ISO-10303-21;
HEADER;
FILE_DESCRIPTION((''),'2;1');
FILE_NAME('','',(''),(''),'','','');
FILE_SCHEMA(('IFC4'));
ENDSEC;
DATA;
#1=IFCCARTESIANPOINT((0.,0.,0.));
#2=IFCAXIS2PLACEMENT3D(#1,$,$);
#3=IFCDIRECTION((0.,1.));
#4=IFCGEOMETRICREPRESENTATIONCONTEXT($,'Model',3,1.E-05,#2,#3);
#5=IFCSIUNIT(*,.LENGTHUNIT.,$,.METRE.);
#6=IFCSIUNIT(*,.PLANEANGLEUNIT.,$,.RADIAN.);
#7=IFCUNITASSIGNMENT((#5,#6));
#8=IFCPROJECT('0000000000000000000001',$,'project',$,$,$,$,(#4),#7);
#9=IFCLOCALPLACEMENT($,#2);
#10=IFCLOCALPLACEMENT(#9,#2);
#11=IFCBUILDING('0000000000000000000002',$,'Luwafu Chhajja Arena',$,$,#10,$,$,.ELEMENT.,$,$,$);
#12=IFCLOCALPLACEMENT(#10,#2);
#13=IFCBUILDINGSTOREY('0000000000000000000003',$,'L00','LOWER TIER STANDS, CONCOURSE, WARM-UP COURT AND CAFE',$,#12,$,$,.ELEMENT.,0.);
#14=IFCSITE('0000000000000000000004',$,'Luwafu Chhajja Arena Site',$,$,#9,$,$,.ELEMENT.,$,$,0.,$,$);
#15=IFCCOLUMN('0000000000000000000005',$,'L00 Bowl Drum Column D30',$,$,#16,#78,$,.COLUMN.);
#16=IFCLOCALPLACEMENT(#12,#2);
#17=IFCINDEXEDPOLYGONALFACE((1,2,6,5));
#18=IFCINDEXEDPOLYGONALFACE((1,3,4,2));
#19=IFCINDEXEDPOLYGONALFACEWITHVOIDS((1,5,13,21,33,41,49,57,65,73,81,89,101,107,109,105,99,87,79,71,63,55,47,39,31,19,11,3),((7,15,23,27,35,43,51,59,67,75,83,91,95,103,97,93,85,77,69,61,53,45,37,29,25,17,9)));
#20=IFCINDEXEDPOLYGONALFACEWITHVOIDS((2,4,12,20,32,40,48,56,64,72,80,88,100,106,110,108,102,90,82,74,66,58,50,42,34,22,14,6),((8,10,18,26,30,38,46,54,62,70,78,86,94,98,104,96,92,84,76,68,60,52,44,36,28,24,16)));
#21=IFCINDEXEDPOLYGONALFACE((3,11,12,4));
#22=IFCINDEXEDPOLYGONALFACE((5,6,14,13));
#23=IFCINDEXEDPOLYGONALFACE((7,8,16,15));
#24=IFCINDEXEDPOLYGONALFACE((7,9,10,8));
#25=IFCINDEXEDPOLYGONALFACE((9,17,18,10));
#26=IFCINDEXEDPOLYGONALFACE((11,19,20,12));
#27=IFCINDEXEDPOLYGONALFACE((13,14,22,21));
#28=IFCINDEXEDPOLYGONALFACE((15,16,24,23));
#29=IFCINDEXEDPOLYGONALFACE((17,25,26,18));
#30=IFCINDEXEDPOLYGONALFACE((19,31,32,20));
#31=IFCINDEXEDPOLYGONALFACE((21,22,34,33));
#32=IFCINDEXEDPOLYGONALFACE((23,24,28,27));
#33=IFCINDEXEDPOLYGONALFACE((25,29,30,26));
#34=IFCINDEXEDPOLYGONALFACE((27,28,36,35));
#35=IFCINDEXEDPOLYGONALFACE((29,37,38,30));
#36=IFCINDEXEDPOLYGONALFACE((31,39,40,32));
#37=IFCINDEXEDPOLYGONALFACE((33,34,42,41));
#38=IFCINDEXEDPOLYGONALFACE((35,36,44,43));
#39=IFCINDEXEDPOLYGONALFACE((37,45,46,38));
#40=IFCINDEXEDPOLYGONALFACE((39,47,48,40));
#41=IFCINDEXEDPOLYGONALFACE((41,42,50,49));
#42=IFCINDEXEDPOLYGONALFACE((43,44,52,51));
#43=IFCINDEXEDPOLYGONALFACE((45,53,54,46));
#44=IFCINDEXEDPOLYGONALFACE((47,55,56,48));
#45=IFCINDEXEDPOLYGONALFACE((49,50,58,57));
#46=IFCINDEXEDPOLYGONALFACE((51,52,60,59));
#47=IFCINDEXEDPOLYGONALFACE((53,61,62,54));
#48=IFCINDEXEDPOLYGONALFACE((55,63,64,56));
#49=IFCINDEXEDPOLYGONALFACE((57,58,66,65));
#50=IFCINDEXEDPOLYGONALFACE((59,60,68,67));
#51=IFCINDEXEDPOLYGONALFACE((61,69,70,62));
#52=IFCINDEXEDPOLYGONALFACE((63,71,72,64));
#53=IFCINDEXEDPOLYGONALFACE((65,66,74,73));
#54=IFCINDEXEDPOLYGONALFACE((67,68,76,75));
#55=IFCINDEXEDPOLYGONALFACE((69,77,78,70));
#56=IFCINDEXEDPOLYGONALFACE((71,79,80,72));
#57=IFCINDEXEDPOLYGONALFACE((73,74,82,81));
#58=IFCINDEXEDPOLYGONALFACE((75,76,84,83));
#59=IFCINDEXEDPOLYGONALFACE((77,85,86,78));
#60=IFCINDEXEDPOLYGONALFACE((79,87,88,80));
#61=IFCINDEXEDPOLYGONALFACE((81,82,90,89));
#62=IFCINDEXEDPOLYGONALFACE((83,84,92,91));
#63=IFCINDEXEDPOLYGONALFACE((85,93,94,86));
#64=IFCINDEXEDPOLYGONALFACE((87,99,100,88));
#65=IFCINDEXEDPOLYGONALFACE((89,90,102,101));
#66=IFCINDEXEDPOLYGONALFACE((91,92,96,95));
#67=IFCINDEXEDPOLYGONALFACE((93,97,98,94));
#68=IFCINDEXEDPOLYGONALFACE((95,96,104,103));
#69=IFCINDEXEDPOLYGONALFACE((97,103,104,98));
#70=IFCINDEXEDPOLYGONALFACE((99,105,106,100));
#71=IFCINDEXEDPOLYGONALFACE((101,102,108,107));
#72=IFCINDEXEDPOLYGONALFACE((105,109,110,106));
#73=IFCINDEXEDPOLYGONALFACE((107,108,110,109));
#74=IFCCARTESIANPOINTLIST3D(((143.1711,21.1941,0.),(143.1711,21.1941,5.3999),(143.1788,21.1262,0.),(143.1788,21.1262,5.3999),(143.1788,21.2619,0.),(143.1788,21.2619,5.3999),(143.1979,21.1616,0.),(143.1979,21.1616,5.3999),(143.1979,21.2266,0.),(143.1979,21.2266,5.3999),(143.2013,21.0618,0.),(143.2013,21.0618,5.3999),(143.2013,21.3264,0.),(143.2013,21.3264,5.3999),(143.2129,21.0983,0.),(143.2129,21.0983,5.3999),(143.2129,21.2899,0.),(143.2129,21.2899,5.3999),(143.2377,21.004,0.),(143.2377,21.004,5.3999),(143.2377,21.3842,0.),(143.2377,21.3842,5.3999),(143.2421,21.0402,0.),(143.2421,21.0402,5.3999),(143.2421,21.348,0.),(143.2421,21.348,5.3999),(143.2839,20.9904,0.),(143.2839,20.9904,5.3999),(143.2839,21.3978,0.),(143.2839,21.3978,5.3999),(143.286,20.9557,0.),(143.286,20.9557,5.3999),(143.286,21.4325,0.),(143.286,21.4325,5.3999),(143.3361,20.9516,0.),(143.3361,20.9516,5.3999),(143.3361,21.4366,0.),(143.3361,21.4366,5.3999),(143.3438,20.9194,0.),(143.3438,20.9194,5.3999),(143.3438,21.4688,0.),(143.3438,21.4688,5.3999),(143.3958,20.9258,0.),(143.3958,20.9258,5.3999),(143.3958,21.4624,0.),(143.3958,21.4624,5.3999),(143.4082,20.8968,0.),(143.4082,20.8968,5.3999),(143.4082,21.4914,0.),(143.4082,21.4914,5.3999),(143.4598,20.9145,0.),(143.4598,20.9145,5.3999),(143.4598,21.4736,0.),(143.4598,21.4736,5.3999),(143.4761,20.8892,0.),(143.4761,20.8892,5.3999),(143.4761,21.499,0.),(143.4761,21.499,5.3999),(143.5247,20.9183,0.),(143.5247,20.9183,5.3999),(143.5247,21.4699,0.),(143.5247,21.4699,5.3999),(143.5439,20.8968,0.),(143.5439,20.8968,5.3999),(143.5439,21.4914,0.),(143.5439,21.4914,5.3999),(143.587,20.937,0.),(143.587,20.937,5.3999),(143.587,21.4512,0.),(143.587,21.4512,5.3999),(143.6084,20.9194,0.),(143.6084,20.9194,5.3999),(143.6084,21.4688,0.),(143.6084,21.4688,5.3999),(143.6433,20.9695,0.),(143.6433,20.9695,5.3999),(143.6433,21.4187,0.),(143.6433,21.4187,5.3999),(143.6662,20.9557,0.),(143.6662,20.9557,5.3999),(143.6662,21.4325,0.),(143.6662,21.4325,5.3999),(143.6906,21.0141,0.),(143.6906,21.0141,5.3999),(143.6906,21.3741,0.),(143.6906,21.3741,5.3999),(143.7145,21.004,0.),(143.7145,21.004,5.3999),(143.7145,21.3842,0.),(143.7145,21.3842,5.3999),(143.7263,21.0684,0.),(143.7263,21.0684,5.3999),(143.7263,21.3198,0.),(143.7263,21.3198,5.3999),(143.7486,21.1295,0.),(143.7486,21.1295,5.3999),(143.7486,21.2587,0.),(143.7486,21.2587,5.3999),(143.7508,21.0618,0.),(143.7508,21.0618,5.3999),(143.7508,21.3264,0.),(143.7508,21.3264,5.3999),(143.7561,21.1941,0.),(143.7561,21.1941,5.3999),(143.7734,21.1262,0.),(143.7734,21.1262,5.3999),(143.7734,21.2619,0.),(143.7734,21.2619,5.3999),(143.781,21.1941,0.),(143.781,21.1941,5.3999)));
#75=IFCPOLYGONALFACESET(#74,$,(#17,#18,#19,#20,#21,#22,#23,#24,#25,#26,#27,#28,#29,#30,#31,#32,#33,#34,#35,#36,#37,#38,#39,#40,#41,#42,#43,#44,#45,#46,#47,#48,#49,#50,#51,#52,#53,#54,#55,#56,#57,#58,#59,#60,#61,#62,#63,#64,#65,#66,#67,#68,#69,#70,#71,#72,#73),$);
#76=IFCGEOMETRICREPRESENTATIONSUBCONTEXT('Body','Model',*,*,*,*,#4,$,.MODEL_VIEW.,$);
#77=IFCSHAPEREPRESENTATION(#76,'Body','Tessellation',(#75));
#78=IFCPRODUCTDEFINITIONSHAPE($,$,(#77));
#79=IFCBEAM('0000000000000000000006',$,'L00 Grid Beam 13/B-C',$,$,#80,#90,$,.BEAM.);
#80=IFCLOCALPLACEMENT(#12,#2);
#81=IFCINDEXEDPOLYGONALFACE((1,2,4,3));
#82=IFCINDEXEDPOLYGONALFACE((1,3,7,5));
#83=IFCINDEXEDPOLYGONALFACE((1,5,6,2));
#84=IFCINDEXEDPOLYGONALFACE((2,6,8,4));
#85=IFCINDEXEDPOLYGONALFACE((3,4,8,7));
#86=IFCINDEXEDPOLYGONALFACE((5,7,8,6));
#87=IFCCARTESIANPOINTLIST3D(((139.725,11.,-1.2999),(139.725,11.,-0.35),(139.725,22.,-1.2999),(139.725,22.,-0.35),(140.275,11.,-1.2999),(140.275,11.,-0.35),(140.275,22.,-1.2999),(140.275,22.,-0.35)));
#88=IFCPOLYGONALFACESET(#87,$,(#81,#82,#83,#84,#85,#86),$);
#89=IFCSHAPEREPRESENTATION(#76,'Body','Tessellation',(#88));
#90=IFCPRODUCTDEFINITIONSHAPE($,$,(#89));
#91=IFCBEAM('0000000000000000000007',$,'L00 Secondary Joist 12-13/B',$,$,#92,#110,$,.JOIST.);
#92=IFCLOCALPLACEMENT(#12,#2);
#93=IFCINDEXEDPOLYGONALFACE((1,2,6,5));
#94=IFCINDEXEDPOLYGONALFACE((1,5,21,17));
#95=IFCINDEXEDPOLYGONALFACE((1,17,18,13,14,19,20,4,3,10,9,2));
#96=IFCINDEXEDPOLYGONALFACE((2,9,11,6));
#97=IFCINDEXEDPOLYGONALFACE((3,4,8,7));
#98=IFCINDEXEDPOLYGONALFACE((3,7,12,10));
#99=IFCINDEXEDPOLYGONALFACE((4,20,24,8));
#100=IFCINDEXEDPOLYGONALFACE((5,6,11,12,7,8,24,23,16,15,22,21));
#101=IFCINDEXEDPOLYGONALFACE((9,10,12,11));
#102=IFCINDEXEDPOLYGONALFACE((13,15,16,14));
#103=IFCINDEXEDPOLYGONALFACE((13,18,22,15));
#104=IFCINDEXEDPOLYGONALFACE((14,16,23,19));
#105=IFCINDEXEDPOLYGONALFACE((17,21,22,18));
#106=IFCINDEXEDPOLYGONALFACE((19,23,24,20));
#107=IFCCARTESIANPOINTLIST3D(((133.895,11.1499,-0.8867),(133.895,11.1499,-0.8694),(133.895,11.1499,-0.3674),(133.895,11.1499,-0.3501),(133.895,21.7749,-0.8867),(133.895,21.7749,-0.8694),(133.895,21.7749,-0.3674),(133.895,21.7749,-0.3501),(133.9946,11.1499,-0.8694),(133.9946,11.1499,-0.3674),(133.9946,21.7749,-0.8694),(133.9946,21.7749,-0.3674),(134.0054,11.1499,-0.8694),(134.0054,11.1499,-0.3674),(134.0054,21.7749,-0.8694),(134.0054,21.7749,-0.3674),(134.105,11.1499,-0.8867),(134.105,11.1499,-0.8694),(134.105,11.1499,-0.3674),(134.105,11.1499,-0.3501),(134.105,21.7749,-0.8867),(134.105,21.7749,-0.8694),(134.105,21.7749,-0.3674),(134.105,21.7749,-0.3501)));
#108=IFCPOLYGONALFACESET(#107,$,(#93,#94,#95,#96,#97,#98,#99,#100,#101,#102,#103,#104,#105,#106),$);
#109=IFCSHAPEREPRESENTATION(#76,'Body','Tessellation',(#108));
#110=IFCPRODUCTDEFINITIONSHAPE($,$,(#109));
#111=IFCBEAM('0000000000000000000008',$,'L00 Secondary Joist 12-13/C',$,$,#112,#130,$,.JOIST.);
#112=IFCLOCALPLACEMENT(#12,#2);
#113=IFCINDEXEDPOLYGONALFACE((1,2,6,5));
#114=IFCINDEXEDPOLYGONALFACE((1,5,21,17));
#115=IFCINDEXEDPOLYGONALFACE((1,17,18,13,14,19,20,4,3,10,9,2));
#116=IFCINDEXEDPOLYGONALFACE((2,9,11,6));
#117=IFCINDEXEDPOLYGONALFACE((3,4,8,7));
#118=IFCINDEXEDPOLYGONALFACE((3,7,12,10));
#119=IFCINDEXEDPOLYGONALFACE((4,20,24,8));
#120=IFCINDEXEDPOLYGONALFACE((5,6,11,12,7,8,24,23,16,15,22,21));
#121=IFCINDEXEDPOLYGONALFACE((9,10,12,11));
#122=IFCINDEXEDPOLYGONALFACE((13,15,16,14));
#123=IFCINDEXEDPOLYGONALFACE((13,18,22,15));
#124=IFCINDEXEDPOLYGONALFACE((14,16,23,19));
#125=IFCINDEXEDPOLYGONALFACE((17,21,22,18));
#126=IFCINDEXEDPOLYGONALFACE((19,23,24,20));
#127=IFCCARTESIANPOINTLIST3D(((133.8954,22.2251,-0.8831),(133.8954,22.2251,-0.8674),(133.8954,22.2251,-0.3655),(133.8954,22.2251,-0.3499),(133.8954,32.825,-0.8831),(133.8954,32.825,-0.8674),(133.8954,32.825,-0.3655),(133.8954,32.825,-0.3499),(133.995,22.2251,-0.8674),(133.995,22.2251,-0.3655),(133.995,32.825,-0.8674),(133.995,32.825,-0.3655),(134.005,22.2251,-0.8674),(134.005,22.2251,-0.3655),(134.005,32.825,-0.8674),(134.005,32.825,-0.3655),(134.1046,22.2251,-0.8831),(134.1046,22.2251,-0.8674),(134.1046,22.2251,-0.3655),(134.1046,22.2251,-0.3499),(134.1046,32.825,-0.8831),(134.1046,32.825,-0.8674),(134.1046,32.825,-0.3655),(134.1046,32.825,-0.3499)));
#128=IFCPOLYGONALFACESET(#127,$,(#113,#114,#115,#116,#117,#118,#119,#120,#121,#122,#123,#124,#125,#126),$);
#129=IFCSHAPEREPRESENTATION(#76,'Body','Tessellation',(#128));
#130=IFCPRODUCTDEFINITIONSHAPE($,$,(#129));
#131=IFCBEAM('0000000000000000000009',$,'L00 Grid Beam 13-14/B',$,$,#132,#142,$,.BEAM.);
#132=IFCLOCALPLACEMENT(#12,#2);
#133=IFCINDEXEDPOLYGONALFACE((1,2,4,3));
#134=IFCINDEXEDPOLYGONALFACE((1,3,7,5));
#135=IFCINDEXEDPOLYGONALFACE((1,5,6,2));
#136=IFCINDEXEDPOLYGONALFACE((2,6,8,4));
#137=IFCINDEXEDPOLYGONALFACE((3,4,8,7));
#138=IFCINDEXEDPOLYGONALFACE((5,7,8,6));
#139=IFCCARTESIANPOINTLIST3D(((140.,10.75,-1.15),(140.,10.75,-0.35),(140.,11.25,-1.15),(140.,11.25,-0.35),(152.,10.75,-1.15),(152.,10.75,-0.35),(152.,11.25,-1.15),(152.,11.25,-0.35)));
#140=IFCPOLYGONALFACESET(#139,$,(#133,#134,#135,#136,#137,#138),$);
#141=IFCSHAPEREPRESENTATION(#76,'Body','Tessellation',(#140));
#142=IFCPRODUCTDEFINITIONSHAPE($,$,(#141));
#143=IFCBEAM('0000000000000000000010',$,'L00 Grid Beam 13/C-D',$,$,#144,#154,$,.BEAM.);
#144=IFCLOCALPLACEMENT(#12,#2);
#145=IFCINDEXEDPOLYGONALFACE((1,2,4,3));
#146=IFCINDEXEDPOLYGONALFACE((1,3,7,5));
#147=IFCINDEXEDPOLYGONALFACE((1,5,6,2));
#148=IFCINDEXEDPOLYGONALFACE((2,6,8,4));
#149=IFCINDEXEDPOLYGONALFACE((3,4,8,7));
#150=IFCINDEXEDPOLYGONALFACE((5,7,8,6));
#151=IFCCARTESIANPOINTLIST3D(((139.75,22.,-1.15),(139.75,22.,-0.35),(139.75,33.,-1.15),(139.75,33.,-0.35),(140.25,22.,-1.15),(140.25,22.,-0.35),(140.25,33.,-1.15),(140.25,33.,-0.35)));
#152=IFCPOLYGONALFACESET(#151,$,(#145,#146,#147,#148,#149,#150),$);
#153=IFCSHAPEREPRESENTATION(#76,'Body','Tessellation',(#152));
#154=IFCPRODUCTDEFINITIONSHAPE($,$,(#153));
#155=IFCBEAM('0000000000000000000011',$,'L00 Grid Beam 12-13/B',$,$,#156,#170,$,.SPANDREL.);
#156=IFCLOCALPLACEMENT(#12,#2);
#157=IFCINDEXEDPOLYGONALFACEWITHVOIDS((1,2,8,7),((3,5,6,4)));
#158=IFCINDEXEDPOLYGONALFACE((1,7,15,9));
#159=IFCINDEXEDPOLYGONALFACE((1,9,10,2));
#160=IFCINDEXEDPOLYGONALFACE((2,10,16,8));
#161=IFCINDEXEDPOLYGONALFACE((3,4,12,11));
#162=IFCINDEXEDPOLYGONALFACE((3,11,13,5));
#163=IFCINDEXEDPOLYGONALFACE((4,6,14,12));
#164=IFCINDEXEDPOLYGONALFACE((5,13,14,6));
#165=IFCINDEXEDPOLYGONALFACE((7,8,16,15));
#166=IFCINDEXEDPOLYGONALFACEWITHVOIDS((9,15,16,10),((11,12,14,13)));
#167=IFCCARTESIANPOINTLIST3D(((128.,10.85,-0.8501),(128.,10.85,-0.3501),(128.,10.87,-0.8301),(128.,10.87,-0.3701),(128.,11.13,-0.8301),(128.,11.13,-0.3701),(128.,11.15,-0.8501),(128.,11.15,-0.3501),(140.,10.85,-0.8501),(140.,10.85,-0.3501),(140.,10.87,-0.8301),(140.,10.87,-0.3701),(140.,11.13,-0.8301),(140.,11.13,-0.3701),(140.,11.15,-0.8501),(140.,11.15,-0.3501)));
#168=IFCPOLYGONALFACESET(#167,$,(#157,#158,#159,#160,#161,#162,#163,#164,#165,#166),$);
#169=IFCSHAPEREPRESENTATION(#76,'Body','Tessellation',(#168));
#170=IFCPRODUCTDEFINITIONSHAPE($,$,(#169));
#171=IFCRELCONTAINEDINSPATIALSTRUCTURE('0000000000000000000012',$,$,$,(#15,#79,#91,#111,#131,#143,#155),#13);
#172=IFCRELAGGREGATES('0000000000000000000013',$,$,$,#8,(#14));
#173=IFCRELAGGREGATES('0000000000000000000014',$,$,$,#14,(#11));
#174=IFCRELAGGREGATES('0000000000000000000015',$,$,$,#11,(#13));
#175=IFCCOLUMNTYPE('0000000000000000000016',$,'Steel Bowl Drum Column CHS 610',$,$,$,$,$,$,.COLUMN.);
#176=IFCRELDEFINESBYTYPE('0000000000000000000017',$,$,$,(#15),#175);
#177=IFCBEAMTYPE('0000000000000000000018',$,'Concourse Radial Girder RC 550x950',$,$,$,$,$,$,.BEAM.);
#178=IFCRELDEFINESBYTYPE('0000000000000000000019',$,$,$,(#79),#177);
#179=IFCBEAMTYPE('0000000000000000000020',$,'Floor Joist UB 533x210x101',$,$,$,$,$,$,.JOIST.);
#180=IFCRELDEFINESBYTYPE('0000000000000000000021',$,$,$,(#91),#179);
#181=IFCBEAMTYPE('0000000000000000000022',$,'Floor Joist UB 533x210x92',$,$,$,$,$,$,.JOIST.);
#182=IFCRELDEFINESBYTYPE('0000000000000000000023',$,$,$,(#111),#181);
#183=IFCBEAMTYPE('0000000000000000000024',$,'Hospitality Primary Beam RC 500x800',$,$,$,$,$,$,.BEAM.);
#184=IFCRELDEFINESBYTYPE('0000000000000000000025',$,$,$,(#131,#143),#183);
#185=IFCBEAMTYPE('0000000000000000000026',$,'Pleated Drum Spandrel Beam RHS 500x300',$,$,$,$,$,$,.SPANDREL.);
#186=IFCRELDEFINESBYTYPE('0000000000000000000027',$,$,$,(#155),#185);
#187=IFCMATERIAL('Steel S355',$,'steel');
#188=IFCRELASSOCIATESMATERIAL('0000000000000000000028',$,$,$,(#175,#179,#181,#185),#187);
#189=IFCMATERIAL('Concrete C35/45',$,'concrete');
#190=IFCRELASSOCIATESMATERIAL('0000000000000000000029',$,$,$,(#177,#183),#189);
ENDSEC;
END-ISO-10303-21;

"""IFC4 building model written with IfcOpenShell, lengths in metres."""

from ifc_helpers import new_model, si_unit, direction, frame, origin, origin_2d, place, context, subcontext, project, spatial, rectangle, hollow_rectangle, hollow_circle, i_section, extrude, material, material_profile, profile_set, type_object, element, save


model = new_model("IFC4")

# Units and contexts
model_context = context("Model", 3, precision=1e-05, world=origin(), true_north=direction((0.0, 1.0)))
body_context = subcontext(model_context, "Body", "Model", "MODEL_VIEW")
ifc_project = project(units=[si_unit("LENGTHUNIT", "METRE"), si_unit("PLANEANGLEUNIT", "RADIAN")], contexts=[model_context])

# Site, building, storey
site_placement = place(None, origin())
site = spatial("IfcSite", under=ifc_project, at=site_placement, Name="Luwafu Chhajja Arena Site", CompositionType="ELEMENT", RefElevation=0.0)
building_placement = place(site_placement, origin())
building = spatial("IfcBuilding", under=site, at=building_placement, Name="Luwafu Chhajja Arena", CompositionType="ELEMENT")
storey_placement = place(building_placement, origin())
storey = spatial("IfcBuildingStorey", under=building, at=storey_placement, Name="L00", Description="LOWER TIER STANDS, CONCOURSE, WARM-UP COURT AND CAFE", CompositionType="ELEMENT", Elevation=0.0)

# Column
ifc_material_1 = material(Name="Concrete C35/45", Category="concrete")
ifc_material_2 = material(Name="Steel S355", Category="steel")
ifc_material_profile_1 = material_profile(ifc_material_2, hollow_circle(Radius=0.3049, WallThickness=0.0249, at=origin_2d()), Name="CHS 610x25")
ifc_profile_set_1 = profile_set([ifc_material_profile_1], Name="Steel S355")
column_type_1 = type_object("IfcColumnType", Name="Steel Bowl Drum Column CHS 610", PredefinedType="COLUMN", material=ifc_profile_set_1)
for number, where, z_axis, x_axis, name in (
    (1, (143.4761, 21.1941, 0.0), (0.0, 0.0, 1.0), (1.0, 0.0, 0.0), "L00 Bowl Drum Column D30"),
):
    element("IfcColumn", number, at=place(storey_placement, frame(where, z_axis=z_axis, x_axis=x_axis)), inside=storey, type_object=column_type_1, Name=name, PredefinedType="COLUMN", context=body_context, shape_type="SweptSolid", body=[
        extrude(hollow_circle(Radius=0.3049, WallThickness=0.0249, at=origin_2d()), origin(), (0.0, 0.0, 1.0), 5.3999),
    ])

# Beams
ifc_material_profile_2 = material_profile(ifc_material_1, rectangle(XDim=0.55, YDim=0.95, at=origin_2d()), Name="RC 550x950")
ifc_profile_set_2 = profile_set([ifc_material_profile_2], Name="Concrete C35/45")
beam_type_1 = type_object("IfcBeamType", Name="Concourse Radial Girder RC 550x950", PredefinedType="BEAM", material=ifc_profile_set_2)
beam_1_placement = place(storey_placement, frame((140.0, 11.0, -0.825), z_axis=(0.0, 1.0, 0.0), x_axis=(-1.0, 0.0, 0.0)))
element("IfcBeam", 2, at=beam_1_placement, inside=storey, type_object=beam_type_1, Name="L00 Grid Beam 13/B-C", PredefinedType="BEAM", context=body_context, shape_type="SweptSolid", body=[
    extrude(rectangle(XDim=0.55, YDim=0.95, at=origin_2d()), origin(), (0.0, 0.0, 1.0), 11.0),
])
ifc_material_profile_3 = material_profile(ifc_material_2, i_section(OverallWidth=0.21, OverallDepth=0.5366, WebThickness=0.0107, FlangeThickness=0.0173, at=origin_2d()), Name="UB 533x210x101")
ifc_profile_set_3 = profile_set([ifc_material_profile_3], Name="Steel S355")
beam_type_2 = type_object("IfcBeamType", Name="Floor Joist UB 533x210x101", PredefinedType="JOIST", material=ifc_profile_set_3)
beam_2_placement = place(storey_placement, frame((134.0, 11.1499, -0.6184), z_axis=(0.0, 1.0, 0.0), x_axis=(-1.0, 0.0, 0.0)))
element("IfcBeam", 3, at=beam_2_placement, inside=storey, type_object=beam_type_2, Name="L00 Secondary Joist 12-13/B", PredefinedType="JOIST", context=body_context, shape_type="SweptSolid", body=[
    extrude(i_section(OverallWidth=0.21, OverallDepth=0.5366, WebThickness=0.0107, FlangeThickness=0.0173, at=origin_2d()), origin(), (0.0, 0.0, 1.0), 10.625),
])
ifc_material_profile_4 = material_profile(ifc_material_2, i_section(OverallWidth=0.2092, OverallDepth=0.5332, WebThickness=0.01, FlangeThickness=0.0156, at=origin_2d()), Name="UB 533x210x92")
ifc_profile_set_4 = profile_set([ifc_material_profile_4], Name="Steel S355")
beam_type_3 = type_object("IfcBeamType", Name="Floor Joist UB 533x210x92", PredefinedType="JOIST", material=ifc_profile_set_4)
beam_3_placement = place(storey_placement, frame((134.0, 22.2251, -0.6165), z_axis=(0.0, 1.0, 0.0), x_axis=(-1.0, 0.0, 0.0)))
element("IfcBeam", 4, at=beam_3_placement, inside=storey, type_object=beam_type_3, Name="L00 Secondary Joist 12-13/C", PredefinedType="JOIST", context=body_context, shape_type="SweptSolid", body=[
    extrude(i_section(OverallWidth=0.2092, OverallDepth=0.5332, WebThickness=0.01, FlangeThickness=0.0156, at=origin_2d()), origin(), (0.0, 0.0, 1.0), 10.5999),
])
ifc_material_profile_5 = material_profile(ifc_material_1, rectangle(XDim=0.5, YDim=0.8, at=origin_2d()), Name="RC 500x800")
ifc_profile_set_5 = profile_set([ifc_material_profile_5], Name="Concrete C35/45")
beam_type_4 = type_object("IfcBeamType", Name="Hospitality Primary Beam RC 500x800", PredefinedType="BEAM", material=ifc_profile_set_5)
beam_4_placement = place(storey_placement, frame((140.0, 11.0, -0.75), z_axis=(1.0, 0.0, 0.0), x_axis=(0.0, 1.0, 0.0)))
element("IfcBeam", 5, at=beam_4_placement, inside=storey, type_object=beam_type_4, Name="L00 Grid Beam 13-14/B", PredefinedType="BEAM", context=body_context, shape_type="SweptSolid", body=[
    extrude(rectangle(XDim=0.5, YDim=0.8, at=origin_2d()), origin(), (0.0, 0.0, 1.0), 12.0),
])
beam_5_placement = place(storey_placement, frame((140.0, 22.0, -0.75), z_axis=(0.0, 1.0, 0.0), x_axis=(-1.0, 0.0, 0.0)))
element("IfcBeam", 6, at=beam_5_placement, inside=storey, type_object=beam_type_4, Name="L00 Grid Beam 13/C-D", PredefinedType="BEAM", context=body_context, shape_type="SweptSolid", body=[
    extrude(rectangle(XDim=0.5, YDim=0.8, at=origin_2d()), origin(), (0.0, 0.0, 1.0), 11.0),
])
ifc_material_profile_6 = material_profile(ifc_material_2, hollow_rectangle(XDim=0.3, YDim=0.5, WallThickness=0.02, at=origin_2d()), Name="RHS 500x300x20")
ifc_profile_set_6 = profile_set([ifc_material_profile_6], Name="Steel S355")
beam_type_5 = type_object("IfcBeamType", Name="Pleated Drum Spandrel Beam RHS 500x300", PredefinedType="SPANDREL", material=ifc_profile_set_6)
beam_6_placement = place(storey_placement, frame((128.0, 11.0, -0.6001), z_axis=(1.0, 0.0, 0.0), x_axis=(0.0, 1.0, 0.0)))
element("IfcBeam", 7, at=beam_6_placement, inside=storey, type_object=beam_type_5, Name="L00 Grid Beam 12-13/B", PredefinedType="SPANDREL", context=body_context, shape_type="SweptSolid", body=[
    extrude(hollow_rectangle(XDim=0.3, YDim=0.5, WallThickness=0.02, at=origin_2d()), origin(), (0.0, 0.0, 1.0), 12.0),
])

save(model, "model.ifc")
